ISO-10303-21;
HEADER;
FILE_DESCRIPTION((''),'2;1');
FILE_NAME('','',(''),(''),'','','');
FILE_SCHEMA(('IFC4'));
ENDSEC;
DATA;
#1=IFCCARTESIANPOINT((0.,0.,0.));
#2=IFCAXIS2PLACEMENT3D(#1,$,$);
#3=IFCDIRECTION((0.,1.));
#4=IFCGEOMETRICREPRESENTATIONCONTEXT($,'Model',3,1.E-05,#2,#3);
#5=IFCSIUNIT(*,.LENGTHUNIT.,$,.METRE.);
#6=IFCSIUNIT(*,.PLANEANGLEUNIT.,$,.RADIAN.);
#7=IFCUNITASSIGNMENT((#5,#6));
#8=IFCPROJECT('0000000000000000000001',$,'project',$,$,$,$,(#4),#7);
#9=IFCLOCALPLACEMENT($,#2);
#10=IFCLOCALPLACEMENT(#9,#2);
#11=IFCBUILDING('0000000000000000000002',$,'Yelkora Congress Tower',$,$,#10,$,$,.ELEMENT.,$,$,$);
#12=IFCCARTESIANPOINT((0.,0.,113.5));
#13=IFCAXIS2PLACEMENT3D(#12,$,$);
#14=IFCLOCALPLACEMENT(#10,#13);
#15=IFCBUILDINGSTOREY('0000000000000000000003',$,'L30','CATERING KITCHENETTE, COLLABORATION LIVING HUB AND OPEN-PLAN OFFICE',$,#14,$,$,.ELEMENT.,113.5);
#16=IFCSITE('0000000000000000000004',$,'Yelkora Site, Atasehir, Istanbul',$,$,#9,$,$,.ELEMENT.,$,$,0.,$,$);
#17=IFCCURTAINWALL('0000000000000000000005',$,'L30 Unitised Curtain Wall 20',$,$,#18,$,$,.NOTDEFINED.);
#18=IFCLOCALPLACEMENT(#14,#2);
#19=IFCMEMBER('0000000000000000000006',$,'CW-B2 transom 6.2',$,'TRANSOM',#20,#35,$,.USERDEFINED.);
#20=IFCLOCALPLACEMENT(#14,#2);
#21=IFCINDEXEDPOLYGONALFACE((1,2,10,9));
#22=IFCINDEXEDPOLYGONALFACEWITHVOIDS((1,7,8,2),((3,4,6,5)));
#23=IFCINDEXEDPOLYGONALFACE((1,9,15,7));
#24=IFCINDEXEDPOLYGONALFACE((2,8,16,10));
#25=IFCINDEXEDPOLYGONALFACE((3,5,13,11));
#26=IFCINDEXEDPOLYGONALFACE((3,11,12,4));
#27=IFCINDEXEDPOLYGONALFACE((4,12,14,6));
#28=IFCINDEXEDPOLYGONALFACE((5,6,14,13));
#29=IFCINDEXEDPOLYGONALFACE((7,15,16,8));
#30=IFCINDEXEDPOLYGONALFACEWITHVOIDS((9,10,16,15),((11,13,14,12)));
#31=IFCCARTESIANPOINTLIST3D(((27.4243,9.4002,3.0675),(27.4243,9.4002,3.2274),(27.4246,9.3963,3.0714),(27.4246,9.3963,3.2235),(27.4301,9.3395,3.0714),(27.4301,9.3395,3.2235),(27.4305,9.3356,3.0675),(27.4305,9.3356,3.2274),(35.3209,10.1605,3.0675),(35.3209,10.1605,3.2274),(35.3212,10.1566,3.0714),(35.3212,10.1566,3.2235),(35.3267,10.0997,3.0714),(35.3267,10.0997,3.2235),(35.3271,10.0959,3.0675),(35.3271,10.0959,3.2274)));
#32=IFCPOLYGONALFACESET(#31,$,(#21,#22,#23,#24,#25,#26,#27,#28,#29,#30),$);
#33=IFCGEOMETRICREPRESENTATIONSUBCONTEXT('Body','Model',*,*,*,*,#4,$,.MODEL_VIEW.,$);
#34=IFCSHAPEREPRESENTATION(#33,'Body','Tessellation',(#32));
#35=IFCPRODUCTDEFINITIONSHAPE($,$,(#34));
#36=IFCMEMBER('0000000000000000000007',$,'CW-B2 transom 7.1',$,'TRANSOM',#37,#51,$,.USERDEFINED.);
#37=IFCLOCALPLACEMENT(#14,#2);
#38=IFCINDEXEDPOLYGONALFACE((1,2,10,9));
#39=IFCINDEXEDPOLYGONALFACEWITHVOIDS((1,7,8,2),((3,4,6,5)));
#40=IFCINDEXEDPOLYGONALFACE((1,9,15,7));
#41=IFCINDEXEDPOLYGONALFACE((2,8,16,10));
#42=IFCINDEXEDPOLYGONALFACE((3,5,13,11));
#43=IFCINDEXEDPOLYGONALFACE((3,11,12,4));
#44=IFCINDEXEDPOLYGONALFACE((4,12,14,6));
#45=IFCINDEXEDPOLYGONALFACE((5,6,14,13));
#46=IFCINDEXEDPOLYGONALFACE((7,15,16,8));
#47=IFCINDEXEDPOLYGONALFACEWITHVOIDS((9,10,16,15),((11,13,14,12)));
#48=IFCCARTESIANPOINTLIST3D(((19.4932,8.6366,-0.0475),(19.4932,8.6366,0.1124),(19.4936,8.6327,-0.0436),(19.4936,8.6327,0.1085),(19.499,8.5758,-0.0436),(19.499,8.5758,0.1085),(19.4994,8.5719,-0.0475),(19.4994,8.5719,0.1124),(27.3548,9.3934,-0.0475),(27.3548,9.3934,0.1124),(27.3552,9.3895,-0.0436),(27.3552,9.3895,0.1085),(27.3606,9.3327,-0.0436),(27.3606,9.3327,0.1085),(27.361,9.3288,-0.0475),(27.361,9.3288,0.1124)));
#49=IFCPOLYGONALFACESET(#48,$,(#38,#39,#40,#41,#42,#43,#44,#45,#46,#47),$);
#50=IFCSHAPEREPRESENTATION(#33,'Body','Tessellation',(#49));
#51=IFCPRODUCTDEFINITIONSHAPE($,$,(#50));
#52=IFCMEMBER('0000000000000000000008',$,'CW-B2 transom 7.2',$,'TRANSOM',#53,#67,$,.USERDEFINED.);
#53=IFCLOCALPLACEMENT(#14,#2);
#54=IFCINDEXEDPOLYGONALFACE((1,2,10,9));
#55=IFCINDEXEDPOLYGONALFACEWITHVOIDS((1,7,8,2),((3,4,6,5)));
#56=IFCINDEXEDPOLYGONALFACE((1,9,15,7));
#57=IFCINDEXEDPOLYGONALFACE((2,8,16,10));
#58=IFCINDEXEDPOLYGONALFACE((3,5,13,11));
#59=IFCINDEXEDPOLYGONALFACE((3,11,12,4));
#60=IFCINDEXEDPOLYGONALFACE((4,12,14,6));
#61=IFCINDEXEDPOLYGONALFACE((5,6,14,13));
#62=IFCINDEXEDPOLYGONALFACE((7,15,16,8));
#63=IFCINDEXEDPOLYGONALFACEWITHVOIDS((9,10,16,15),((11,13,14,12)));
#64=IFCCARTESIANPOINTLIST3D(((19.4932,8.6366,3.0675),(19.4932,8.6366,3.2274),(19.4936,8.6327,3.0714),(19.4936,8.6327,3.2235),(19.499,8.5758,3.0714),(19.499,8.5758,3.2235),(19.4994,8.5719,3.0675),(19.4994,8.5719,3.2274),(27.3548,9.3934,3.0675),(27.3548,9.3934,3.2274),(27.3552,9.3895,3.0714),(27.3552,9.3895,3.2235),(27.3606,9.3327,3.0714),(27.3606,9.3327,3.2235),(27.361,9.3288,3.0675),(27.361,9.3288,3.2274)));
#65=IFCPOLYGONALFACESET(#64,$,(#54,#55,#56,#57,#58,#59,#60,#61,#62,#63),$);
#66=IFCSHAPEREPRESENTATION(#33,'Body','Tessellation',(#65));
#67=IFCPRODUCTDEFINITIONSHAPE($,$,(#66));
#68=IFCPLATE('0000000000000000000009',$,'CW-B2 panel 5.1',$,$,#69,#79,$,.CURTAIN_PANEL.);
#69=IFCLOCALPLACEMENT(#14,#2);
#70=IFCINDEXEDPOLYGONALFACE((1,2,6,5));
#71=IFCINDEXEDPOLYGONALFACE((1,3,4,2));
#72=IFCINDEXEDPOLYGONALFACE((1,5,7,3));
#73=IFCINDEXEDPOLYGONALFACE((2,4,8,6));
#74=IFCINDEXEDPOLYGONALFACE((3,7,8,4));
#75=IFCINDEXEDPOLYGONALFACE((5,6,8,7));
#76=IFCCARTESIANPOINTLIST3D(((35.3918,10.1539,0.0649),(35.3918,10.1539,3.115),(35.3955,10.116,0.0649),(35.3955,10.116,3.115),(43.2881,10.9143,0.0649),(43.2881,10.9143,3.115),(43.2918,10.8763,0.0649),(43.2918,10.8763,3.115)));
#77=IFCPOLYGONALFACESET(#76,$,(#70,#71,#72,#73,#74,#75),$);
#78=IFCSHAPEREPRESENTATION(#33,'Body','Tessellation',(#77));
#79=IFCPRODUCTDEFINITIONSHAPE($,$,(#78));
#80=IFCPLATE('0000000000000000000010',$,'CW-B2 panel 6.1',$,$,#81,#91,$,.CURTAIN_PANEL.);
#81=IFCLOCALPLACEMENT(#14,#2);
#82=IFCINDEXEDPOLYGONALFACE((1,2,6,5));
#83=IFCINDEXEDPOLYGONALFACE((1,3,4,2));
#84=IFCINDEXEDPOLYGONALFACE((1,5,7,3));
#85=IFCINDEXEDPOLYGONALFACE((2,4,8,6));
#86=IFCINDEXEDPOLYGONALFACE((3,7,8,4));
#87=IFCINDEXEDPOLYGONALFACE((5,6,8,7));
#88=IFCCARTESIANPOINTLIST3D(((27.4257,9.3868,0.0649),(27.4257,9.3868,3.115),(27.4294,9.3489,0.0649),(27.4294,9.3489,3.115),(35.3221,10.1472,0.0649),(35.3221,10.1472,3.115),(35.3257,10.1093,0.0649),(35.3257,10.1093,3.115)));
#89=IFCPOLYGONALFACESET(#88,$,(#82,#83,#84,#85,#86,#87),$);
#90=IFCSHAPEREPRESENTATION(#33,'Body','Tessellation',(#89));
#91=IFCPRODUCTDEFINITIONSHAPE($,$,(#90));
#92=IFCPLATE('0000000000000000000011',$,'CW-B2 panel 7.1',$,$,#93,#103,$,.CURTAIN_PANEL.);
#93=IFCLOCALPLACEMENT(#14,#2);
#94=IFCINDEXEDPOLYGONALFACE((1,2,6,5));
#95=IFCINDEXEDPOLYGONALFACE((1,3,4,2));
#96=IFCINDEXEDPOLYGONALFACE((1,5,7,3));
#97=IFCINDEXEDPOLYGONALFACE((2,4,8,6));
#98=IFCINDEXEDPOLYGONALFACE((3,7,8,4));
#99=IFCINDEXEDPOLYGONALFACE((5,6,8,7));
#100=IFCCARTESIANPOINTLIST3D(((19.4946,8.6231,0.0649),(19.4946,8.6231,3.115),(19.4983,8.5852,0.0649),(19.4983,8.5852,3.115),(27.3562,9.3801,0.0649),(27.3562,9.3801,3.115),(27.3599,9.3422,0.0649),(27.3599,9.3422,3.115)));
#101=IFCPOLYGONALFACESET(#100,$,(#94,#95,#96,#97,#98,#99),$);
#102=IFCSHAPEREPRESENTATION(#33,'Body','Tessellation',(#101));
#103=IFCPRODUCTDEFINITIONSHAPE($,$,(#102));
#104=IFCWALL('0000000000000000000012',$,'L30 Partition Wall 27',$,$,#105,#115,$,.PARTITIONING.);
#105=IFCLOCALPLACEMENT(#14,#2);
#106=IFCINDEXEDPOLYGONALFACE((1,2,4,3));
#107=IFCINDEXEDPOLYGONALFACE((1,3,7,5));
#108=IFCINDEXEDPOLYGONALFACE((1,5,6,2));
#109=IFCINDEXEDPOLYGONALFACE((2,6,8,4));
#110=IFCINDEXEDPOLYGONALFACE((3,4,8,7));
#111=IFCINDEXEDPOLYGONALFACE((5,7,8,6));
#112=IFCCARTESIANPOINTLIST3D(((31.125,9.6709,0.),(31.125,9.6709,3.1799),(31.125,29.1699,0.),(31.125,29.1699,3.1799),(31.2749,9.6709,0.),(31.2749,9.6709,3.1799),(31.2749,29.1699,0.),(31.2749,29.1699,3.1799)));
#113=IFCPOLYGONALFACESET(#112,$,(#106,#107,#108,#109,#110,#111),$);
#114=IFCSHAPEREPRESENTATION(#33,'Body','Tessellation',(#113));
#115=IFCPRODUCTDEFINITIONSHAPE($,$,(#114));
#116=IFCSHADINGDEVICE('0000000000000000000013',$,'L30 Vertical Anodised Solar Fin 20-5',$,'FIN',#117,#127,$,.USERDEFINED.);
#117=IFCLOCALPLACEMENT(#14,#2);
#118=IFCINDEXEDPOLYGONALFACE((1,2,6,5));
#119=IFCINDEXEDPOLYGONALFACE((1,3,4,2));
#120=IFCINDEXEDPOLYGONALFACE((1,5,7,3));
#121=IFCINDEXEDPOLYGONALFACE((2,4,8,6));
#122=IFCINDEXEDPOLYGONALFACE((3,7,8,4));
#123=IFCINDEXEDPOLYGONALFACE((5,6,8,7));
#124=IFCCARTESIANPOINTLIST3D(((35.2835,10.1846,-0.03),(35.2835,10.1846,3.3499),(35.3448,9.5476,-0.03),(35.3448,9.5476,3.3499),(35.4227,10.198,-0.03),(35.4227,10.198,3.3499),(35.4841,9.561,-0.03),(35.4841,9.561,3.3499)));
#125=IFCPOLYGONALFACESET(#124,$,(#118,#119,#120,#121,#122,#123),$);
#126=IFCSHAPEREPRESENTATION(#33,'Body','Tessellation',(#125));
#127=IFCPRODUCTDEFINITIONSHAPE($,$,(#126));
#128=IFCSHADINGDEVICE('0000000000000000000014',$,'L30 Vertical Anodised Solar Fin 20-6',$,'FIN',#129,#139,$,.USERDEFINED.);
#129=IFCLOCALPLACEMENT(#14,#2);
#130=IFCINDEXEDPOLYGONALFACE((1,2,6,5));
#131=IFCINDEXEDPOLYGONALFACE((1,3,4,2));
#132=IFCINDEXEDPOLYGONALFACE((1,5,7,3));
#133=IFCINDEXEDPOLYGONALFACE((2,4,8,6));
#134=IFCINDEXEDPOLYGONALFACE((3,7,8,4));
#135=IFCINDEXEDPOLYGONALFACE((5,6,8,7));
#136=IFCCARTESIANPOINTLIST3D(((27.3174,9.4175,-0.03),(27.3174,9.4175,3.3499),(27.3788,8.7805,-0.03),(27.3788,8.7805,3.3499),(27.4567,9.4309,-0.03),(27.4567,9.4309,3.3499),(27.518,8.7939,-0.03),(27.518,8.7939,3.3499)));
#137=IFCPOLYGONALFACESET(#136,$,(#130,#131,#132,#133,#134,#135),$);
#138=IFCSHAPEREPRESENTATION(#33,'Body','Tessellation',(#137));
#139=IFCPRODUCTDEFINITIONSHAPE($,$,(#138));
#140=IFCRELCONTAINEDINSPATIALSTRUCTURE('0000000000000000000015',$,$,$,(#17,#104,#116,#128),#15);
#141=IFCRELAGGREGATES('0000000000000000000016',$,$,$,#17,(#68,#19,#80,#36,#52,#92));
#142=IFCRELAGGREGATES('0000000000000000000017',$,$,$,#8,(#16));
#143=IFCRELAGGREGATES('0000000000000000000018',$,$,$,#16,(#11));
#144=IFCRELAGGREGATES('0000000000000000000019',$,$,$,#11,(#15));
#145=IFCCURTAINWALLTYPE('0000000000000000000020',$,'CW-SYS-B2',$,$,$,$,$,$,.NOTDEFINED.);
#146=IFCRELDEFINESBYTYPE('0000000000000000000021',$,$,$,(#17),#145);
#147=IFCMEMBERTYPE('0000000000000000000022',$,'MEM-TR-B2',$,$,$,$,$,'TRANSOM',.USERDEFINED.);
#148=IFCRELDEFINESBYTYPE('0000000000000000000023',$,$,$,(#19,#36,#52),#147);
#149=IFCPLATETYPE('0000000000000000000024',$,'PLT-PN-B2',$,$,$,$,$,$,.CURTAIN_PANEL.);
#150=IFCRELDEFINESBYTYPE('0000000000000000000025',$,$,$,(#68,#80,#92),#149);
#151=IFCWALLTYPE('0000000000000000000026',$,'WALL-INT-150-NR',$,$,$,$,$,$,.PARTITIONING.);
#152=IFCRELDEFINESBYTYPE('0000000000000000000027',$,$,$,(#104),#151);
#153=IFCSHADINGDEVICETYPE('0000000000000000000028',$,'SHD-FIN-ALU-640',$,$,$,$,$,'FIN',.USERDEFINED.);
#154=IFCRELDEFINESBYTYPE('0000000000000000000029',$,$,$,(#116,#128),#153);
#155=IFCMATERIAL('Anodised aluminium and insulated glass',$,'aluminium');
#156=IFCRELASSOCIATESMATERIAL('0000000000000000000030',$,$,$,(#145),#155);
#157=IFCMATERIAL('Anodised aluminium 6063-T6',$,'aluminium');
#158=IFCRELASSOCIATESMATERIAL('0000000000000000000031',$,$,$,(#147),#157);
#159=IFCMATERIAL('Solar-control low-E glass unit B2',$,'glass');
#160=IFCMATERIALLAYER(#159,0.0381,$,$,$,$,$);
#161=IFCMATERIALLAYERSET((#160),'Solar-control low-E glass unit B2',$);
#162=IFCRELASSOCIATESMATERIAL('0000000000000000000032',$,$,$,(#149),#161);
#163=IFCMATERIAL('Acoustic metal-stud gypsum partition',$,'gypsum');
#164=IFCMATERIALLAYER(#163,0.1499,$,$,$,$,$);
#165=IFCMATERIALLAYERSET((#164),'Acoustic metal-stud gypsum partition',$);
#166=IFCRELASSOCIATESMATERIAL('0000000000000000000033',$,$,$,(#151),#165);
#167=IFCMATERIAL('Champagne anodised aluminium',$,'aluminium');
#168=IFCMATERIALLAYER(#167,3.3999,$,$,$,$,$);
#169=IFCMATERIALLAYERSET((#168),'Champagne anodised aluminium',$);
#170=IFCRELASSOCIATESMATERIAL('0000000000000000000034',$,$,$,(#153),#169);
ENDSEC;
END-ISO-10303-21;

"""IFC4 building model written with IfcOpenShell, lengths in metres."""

from ifc_helpers import new_model, si_unit, direction, frame, frame_2d, origin, origin_2d, place, context, subcontext, project, spatial, rectangle, hollow_rectangle, extrude, material, layer, layer_set, material_profile, profile_set, type_object, element, aggregate, save


model = new_model("IFC4")

# Units and contexts
model_context = context("Model", 3, precision=1e-05, world=origin(), true_north=direction((0.0, 1.0)))
body_context = subcontext(model_context, "Body", "Model", "MODEL_VIEW")
ifc_project = project(units=[si_unit("LENGTHUNIT", "METRE"), si_unit("PLANEANGLEUNIT", "RADIAN")], contexts=[model_context])

# Site, building, storey
site_placement = place(None, origin())
site = spatial("IfcSite", under=ifc_project, at=site_placement, Name="Yelkora Site, Atasehir, Istanbul", CompositionType="ELEMENT", RefElevation=0.0)
building_placement = place(site_placement, origin())
building = spatial("IfcBuilding", under=site, at=building_placement, Name="Yelkora Congress Tower", CompositionType="ELEMENT")
storey_placement = place(building_placement, frame((0.0, 0.0, 113.5)))
storey = spatial("IfcBuildingStorey", under=building, at=storey_placement, Name="L30", Description="CATERING KITCHENETTE, COLLABORATION LIVING HUB AND OPEN-PLAN OFFICE", CompositionType="ELEMENT", Elevation=113.5)

# Curtain wall, members, plates
ifc_material_1 = material(Name="Anodised aluminium and insulated glass", Category="aluminium")
curtain_wall_type = type_object("IfcCurtainWallType", Name="CW-SYS-B2", PredefinedType="NOTDEFINED", material=ifc_material_1)
curtain_wall_placement = place(storey_placement, origin())
curtain_wall = element("IfcCurtainWall", 1, at=curtain_wall_placement, inside=storey, type_object=curtain_wall_type, Name="L30 Unitised Curtain Wall 20", PredefinedType="NOTDEFINED")
ifc_material_2 = material(Name="Anodised aluminium 6063-T6", Category="aluminium")
ifc_material_profile_1 = material_profile(ifc_material_2, hollow_rectangle(XDim=0.0649, YDim=0.1599, WallThickness=0.0039, at=origin_2d()), Name="ALU 65x160x4")
ifc_profile_set_1 = profile_set([ifc_material_profile_1], Name="Anodised aluminium 6063-T6")
member_type_1 = type_object("IfcMemberType", Name="MEM-TR-B2", ElementType="TRANSOM", PredefinedType="USERDEFINED", material=ifc_profile_set_1)
member_1_placement = place(storey_placement, frame((35.324, 10.1282, 3.1475), z_axis=(-0.995397, -0.095834, 0.0), x_axis=(0.095834, -0.995397, 0.0)))
member_1 = element("IfcMember", 2, at=member_1_placement, type_object=member_type_1, Name="CW-B2 transom 6.2", ObjectType="TRANSOM", PredefinedType="USERDEFINED", context=body_context, shape_type="SweptSolid", body=[
    extrude(hollow_rectangle(XDim=0.0649, YDim=0.1599, WallThickness=0.0039, at=origin_2d()), origin(), (0.0, 0.0, 1.0), 7.9331),
])
member_2_placement = place(storey_placement, frame((27.3579, 9.3611, 0.0325), z_axis=(-0.995398, -0.095827, 0.0), x_axis=(0.095827, -0.995398, 0.0)))
member_2 = element("IfcMember", 3, at=member_2_placement, type_object=member_type_1, Name="CW-B2 transom 7.1", ObjectType="TRANSOM", PredefinedType="USERDEFINED", context=body_context, shape_type="SweptSolid", body=[
    extrude(hollow_rectangle(XDim=0.0649, YDim=0.1599, WallThickness=0.0039, at=origin_2d()), origin(), (0.0, 0.0, 1.0), 7.8979),
])
member_3_placement = place(storey_placement, frame((27.3579, 9.3611, 3.1475), z_axis=(-0.995398, -0.095827, 0.0), x_axis=(0.095827, -0.995398, 0.0)))
member_3 = element("IfcMember", 4, at=member_3_placement, type_object=member_type_1, Name="CW-B2 transom 7.2", ObjectType="TRANSOM", PredefinedType="USERDEFINED", context=body_context, shape_type="SweptSolid", body=[
    extrude(hollow_rectangle(XDim=0.0649, YDim=0.1599, WallThickness=0.0039, at=origin_2d()), origin(), (0.0, 0.0, 1.0), 7.8979),
])
ifc_material_3 = material(Name="Solar-control low-E glass unit B2", Category="glass")
ifc_layer_1 = layer(ifc_material_3, 0.0381)
ifc_layer_set_1 = layer_set([ifc_layer_1], Name="Solar-control low-E glass unit B2")
plate_type = type_object("IfcPlateType", Name="PLT-PN-B2", PredefinedType="CURTAIN_PANEL", material=ifc_layer_set_1)
plate_1_placement = place(storey_placement, frame((39.3418, 10.5151, 0.0649), z_axis=(0.0, 0.0, 1.0), x_axis=(-0.995396, -0.095844, 0.0)))
plate_1 = element("IfcPlate", 5, at=plate_1_placement, type_object=plate_type, Name="CW-B2 panel 5.1", PredefinedType="CURTAIN_PANEL", context=body_context, shape_type="SweptSolid", body=[
    extrude(rectangle(XDim=7.9329, YDim=0.0381, at=origin_2d()), origin(), (0.0, 0.0, 1.0), 3.05),
])
plate_2_placement = place(storey_placement, frame((31.3757, 9.748, 0.0649), z_axis=(0.0, 0.0, 1.0), x_axis=(-0.995396, -0.095844, 0.0)))
plate_2 = element("IfcPlate", 6, at=plate_2_placement, type_object=plate_type, Name="CW-B2 panel 6.1", PredefinedType="CURTAIN_PANEL", context=body_context, shape_type="SweptSolid", body=[
    extrude(rectangle(XDim=7.9329, YDim=0.0381, at=origin_2d()), origin(), (0.0, 0.0, 1.0), 3.05),
])
plate_3_placement = place(storey_placement, frame((23.4272, 8.9827, 0.0649), z_axis=(0.0, 0.0, 1.0), x_axis=(-0.995396, -0.095844, 0.0)))
plate_3 = element("IfcPlate", 7, at=plate_3_placement, type_object=plate_type, Name="CW-B2 panel 7.1", PredefinedType="CURTAIN_PANEL", context=body_context, shape_type="SweptSolid", body=[
    extrude(rectangle(XDim=7.8979, YDim=0.0381, at=origin_2d()), origin(), (0.0, 0.0, 1.0), 3.05),
])
aggregate(curtain_wall, [plate_1, member_1, plate_2, member_2, member_3, plate_3])

# Wall
ifc_material_4 = material(Name="Acoustic metal-stud gypsum partition", Category="gypsum")
ifc_layer_2 = layer(ifc_material_4, 0.1499)
ifc_layer_set_2 = layer_set([ifc_layer_2], Name="Acoustic metal-stud gypsum partition")
wall_type = type_object("IfcWallType", Name="WALL-INT-150-NR", PredefinedType="PARTITIONING", material=ifc_layer_set_2)
wall_placement = place(storey_placement, frame((31.2, 9.6709, 0.0), z_axis=(0.0, 0.0, 1.0), x_axis=(0.0, 1.0, 0.0)))
element("IfcWall", 8, at=wall_placement, inside=storey, type_object=wall_type, Name="L30 Partition Wall 27", PredefinedType="PARTITIONING", context=body_context, shape_type="SweptSolid", body=[
    extrude(rectangle(XDim=19.499, YDim=0.1499, at=frame_2d((9.7495, 0.0))), origin(), (0.0, 0.0, 1.0), 3.1799),
])

# Shading devices
ifc_material_5 = material(Name="Champagne anodised aluminium", Category="aluminium")
ifc_layer_3 = layer(ifc_material_5, 3.3999)
ifc_layer_set_3 = layer_set([ifc_layer_3], Name="Champagne anodised aluminium")
shading_device_type = type_object("IfcShadingDeviceType", Name="SHD-FIN-ALU-640", ElementType="FIN", PredefinedType="USERDEFINED", material=ifc_layer_set_3)
for number, where, z_axis, x_axis, name in (
    (9, (35.3838, 9.8728, -0.03), (0.0, 0.0, 1.0), (-0.995396, -0.095846, 0.0), "L30 Vertical Anodised Solar Fin 20-5"),
    (10, (27.4177, 9.1057, -0.03), (0.0, 0.0, 1.0), (-0.995396, -0.095846, 0.0), "L30 Vertical Anodised Solar Fin 20-6"),
):
    element("IfcShadingDevice", number, at=place(storey_placement, frame(where, z_axis=z_axis, x_axis=x_axis)), inside=storey, type_object=shading_device_type, Name=name, ObjectType="FIN", PredefinedType="USERDEFINED", context=body_context, shape_type="SweptSolid", body=[
        extrude(rectangle(XDim=0.1399, YDim=0.6399, at=origin_2d()), origin(), (0.0, 0.0, 1.0), 3.3799),
    ])

save(model, "model.ifc")
